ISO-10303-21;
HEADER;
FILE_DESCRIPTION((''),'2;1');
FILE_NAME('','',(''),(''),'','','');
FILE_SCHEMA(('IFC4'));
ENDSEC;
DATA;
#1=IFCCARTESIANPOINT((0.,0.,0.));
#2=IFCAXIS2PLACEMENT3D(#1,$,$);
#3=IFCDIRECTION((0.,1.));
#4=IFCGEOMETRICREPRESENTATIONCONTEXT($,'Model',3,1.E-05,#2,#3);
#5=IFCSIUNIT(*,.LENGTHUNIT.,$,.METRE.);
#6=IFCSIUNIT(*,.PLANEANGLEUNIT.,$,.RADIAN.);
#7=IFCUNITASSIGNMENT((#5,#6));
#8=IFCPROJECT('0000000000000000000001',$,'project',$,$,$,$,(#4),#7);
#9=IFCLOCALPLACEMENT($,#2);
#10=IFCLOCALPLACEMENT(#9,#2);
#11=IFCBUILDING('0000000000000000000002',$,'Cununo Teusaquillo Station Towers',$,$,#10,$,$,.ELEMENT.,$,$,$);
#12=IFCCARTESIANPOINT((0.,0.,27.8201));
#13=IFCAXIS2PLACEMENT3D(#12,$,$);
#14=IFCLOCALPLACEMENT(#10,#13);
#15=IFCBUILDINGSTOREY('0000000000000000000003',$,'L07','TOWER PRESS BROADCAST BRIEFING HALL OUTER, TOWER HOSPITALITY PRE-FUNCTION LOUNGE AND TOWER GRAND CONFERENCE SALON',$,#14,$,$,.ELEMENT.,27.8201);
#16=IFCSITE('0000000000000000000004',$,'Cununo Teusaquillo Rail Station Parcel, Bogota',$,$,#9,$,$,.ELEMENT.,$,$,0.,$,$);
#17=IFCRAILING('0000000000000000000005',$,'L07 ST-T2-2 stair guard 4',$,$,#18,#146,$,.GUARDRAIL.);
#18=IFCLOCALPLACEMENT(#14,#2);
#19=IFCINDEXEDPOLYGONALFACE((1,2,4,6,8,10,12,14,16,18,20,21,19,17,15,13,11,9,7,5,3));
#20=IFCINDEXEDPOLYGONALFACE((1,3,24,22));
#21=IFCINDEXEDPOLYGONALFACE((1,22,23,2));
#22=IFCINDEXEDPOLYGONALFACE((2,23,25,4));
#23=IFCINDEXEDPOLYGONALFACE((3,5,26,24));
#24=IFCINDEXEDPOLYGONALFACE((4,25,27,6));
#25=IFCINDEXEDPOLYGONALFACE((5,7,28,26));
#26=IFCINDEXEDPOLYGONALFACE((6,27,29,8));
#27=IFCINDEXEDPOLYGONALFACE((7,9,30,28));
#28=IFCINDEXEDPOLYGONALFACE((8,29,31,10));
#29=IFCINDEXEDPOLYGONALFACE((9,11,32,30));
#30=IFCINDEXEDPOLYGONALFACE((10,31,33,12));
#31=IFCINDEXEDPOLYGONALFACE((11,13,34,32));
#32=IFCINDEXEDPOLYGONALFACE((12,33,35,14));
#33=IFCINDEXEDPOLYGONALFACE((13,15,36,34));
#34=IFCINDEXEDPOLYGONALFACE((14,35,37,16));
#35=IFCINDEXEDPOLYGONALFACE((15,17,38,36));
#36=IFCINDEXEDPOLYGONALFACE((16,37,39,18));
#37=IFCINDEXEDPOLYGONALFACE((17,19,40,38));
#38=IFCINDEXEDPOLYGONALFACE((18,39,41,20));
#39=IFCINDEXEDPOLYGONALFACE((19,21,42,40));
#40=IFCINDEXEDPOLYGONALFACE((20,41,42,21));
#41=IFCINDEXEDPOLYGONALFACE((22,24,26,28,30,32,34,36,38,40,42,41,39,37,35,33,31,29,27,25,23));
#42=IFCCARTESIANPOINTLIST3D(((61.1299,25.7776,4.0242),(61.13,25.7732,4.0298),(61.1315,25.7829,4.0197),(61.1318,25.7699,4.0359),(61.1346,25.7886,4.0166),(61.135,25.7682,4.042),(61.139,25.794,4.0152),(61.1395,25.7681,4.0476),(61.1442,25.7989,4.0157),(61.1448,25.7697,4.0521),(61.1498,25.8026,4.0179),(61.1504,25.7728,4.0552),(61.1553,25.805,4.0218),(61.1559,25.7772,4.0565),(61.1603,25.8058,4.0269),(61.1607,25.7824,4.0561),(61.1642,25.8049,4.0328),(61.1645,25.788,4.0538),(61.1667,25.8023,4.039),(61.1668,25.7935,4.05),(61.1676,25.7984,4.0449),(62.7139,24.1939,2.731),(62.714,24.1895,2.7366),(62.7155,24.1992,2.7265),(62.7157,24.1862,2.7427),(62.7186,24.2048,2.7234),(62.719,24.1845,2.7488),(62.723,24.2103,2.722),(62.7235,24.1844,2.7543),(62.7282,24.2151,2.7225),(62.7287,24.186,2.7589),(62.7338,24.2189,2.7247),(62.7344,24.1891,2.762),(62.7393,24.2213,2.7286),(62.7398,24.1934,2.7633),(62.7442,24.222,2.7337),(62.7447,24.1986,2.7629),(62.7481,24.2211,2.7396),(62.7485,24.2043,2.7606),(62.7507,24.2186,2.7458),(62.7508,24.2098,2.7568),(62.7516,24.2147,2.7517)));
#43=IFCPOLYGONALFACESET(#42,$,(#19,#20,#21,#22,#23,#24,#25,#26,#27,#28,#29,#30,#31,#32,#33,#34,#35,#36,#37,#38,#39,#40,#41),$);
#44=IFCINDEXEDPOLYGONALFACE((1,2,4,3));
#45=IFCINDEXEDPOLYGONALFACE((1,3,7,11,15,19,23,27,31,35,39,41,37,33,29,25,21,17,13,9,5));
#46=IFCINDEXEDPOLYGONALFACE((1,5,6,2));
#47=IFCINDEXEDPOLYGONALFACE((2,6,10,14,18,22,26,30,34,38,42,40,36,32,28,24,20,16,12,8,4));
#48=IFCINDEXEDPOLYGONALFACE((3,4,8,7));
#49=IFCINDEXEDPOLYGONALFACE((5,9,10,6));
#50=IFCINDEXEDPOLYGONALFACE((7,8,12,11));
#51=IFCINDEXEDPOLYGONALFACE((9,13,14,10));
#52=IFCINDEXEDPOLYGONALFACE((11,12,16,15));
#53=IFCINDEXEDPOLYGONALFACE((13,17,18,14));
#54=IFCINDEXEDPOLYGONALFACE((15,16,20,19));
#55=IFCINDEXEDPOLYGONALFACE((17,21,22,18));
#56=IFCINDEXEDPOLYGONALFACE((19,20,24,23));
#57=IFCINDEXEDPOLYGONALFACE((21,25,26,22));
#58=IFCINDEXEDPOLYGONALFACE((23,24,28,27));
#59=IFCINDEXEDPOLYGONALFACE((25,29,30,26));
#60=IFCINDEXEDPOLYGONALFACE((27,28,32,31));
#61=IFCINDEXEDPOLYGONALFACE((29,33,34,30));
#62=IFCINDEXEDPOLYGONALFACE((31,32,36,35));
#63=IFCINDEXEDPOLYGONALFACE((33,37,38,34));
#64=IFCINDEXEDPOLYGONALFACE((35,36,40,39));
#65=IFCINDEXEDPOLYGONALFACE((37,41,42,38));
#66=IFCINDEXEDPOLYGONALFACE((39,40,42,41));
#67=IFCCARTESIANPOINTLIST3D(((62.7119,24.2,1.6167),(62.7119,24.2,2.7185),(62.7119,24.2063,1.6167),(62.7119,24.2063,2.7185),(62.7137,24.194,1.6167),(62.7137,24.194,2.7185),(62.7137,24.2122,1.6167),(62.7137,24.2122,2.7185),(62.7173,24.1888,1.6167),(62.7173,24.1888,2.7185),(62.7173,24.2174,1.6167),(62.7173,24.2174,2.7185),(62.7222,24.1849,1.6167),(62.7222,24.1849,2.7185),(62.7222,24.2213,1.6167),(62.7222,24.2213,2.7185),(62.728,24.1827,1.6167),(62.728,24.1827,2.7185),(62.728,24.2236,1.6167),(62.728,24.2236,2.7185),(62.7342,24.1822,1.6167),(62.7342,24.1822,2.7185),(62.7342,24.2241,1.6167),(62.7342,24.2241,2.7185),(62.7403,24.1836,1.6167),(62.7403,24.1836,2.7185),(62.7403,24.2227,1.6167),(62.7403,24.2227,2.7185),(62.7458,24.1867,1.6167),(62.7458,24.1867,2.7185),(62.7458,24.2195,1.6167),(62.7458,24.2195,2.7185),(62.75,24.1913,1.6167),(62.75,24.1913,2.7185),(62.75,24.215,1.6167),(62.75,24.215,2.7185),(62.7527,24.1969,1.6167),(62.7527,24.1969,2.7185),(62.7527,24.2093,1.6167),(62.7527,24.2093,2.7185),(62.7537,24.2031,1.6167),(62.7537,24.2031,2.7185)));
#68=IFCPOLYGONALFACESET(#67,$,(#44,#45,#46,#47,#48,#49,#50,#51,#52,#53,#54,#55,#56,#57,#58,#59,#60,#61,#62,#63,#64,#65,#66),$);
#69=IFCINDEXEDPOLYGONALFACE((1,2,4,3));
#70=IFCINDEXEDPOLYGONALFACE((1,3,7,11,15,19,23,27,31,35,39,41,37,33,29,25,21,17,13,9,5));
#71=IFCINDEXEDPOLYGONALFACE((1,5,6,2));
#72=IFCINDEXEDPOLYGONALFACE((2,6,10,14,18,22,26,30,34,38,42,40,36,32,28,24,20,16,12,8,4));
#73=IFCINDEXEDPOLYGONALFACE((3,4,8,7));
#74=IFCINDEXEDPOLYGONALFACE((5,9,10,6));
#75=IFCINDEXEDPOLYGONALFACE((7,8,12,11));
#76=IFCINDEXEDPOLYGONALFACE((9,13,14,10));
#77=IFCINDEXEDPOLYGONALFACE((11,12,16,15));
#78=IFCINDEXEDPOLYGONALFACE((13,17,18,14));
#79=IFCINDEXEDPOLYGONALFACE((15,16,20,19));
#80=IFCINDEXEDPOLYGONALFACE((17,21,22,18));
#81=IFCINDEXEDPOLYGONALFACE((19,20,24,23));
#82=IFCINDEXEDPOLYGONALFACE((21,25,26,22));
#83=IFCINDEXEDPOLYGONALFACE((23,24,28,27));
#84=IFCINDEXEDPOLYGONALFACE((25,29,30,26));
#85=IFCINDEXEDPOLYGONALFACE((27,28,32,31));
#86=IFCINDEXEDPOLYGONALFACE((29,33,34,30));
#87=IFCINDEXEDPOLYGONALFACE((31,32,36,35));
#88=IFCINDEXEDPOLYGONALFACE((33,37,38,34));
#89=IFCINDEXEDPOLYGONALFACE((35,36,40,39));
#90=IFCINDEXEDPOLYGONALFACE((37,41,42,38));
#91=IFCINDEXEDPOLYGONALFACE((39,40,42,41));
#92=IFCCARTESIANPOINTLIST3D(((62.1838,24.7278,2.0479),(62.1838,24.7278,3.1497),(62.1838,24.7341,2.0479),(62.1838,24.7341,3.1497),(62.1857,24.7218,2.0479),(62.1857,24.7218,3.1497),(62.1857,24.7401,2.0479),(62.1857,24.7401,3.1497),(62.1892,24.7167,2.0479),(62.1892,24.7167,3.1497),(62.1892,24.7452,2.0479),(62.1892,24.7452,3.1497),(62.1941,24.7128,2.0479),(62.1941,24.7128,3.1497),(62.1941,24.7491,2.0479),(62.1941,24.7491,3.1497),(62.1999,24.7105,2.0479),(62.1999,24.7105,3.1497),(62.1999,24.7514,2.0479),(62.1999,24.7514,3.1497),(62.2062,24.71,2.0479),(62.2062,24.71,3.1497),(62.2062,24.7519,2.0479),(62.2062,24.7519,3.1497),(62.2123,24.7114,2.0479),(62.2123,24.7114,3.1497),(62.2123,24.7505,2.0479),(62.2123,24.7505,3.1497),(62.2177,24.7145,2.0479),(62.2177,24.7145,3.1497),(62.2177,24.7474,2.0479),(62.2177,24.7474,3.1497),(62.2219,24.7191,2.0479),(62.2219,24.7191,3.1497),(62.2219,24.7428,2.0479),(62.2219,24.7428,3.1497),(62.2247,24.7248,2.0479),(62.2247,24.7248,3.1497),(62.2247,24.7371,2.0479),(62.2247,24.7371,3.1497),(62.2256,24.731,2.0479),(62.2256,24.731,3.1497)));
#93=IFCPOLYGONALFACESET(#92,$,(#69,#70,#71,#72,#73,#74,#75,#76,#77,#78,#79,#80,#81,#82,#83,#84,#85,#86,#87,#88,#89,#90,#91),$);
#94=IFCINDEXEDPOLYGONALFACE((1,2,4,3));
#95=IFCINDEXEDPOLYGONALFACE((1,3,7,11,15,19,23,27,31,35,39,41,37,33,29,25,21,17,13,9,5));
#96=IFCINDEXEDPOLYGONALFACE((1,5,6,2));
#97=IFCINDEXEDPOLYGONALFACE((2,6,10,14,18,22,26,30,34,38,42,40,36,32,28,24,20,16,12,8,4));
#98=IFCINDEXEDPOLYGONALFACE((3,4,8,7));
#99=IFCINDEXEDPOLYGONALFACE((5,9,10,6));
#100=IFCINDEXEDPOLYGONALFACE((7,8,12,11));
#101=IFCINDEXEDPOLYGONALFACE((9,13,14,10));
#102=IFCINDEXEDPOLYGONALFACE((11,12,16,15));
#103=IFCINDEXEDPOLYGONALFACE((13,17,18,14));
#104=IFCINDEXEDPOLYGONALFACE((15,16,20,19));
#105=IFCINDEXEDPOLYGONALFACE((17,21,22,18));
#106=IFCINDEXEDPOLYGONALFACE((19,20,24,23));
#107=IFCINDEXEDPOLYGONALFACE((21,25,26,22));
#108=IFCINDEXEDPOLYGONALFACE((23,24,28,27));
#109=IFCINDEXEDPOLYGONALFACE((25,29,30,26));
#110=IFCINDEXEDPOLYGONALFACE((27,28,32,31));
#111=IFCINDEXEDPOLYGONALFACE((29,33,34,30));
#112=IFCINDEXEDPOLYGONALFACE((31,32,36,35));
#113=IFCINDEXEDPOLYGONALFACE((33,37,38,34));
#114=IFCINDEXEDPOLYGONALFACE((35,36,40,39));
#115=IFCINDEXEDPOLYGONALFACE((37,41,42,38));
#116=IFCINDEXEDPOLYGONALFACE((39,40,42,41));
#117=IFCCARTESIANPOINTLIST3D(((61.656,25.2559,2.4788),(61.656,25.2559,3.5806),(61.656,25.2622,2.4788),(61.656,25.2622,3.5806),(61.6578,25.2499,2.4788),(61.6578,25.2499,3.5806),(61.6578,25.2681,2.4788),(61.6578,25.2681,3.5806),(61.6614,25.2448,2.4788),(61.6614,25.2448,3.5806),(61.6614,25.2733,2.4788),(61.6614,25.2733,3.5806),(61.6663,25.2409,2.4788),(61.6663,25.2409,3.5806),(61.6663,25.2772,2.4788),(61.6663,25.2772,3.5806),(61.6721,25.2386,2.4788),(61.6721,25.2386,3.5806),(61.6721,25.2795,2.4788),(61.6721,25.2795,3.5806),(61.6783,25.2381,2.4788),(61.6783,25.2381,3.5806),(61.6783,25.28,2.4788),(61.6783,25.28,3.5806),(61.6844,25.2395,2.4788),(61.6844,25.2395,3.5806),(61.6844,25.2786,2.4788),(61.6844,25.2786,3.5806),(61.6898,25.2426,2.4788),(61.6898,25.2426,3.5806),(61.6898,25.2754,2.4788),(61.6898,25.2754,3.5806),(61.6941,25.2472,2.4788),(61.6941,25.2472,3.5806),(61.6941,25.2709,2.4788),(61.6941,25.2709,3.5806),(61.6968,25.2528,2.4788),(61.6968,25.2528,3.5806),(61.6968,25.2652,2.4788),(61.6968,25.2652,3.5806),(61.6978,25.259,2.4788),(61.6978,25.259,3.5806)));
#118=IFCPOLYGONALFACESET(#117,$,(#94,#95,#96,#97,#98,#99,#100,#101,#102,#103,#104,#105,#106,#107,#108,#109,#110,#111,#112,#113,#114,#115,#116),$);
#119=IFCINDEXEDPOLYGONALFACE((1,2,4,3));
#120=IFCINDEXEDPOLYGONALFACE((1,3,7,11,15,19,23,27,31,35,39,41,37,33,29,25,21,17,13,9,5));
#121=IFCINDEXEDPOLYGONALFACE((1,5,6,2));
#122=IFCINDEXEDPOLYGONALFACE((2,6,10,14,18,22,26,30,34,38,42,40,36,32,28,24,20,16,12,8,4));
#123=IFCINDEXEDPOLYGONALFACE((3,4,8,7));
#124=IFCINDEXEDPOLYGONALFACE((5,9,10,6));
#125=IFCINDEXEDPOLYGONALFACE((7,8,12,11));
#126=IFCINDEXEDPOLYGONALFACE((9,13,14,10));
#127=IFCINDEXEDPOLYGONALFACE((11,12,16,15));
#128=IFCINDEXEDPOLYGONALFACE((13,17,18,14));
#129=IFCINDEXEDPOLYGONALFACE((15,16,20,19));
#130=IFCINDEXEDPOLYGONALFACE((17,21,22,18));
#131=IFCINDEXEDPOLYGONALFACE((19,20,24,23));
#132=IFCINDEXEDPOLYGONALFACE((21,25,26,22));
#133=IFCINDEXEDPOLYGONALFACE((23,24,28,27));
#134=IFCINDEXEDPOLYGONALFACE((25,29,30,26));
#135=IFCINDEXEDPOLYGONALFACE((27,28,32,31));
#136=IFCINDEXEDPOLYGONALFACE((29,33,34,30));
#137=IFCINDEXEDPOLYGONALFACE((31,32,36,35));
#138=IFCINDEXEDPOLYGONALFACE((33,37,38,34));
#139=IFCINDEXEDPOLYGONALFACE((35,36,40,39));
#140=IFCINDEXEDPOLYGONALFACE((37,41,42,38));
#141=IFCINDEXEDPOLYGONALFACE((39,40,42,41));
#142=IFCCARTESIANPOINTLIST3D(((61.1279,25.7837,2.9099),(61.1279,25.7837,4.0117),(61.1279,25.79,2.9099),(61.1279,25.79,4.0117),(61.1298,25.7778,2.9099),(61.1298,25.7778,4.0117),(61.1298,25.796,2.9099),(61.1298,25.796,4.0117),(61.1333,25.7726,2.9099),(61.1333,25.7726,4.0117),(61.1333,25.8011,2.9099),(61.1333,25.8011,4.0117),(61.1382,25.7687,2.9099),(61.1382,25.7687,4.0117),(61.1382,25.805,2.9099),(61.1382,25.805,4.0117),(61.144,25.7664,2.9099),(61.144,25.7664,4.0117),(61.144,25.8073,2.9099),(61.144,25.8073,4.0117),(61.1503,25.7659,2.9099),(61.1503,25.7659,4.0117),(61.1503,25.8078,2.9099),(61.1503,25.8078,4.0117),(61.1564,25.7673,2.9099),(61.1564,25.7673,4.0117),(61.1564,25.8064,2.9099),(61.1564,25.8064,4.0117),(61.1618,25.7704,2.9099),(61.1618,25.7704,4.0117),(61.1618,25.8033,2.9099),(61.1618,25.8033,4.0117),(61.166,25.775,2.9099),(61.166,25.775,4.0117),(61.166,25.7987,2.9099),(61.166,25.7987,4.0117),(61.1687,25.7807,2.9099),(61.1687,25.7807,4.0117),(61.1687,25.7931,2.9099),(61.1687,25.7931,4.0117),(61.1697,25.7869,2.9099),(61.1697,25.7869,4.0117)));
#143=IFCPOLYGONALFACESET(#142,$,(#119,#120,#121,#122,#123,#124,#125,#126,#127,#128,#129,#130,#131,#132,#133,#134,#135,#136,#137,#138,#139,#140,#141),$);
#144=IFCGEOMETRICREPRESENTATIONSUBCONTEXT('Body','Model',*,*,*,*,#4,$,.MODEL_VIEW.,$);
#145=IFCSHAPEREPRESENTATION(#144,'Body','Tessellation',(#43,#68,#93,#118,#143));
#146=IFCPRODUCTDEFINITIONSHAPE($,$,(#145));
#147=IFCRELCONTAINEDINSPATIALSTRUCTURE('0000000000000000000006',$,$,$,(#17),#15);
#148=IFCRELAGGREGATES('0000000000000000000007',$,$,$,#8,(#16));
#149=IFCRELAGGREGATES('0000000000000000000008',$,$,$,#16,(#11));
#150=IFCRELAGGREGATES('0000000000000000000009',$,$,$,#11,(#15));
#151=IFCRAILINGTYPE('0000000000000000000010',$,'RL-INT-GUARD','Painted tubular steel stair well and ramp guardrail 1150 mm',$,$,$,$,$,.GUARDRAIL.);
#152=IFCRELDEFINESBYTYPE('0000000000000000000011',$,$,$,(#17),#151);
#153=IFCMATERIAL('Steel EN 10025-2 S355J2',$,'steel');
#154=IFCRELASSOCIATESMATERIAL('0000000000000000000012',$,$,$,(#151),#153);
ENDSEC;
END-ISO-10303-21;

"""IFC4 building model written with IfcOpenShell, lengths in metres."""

from ifc_helpers import new_model, si_unit, direction, frame, origin, origin_2d, place, context, subcontext, project, spatial, circle, extrude, material, type_object, element, save


model = new_model("IFC4")

# Units and contexts
model_context = context("Model", 3, precision=1e-05, world=origin(), true_north=direction((0.0, 1.0)))
body_context = subcontext(model_context, "Body", "Model", "MODEL_VIEW")
ifc_project = project(units=[si_unit("LENGTHUNIT", "METRE"), si_unit("PLANEANGLEUNIT", "RADIAN")], contexts=[model_context])

# Site, building, storey
site_placement = place(None, origin())
site = spatial("IfcSite", under=ifc_project, at=site_placement, Name="Cununo Teusaquillo Rail Station Parcel, Bogota", CompositionType="ELEMENT", RefElevation=0.0)
building_placement = place(site_placement, origin())
building = spatial("IfcBuilding", under=site, at=building_placement, Name="Cununo Teusaquillo Station Towers", CompositionType="ELEMENT")
storey_placement = place(building_placement, frame((0.0, 0.0, 27.8201)))
storey = spatial("IfcBuildingStorey", under=building, at=storey_placement, Name="L07", Description="TOWER PRESS BROADCAST BRIEFING HALL OUTER, TOWER HOSPITALITY PRE-FUNCTION LOUNGE AND TOWER GRAND CONFERENCE SALON", CompositionType="ELEMENT", Elevation=27.8201)

# Railing
ifc_material_1 = material(Name="Steel EN 10025-2 S355J2", Category="steel")
railing_type_1 = type_object("IfcRailingType", Name="RL-INT-GUARD", Description="Painted tubular steel stair well and ramp guardrail 1150 mm", PredefinedType="GUARDRAIL", material=ifc_material_1)
railing_1_placement = place(storey_placement, frame((62.7327, 24.2031, 1.6167)))
element("IfcRailing", 1, at=railing_1_placement, inside=storey, type_object=railing_type_1, Name="L07 ST-T2-2 stair guard 4", PredefinedType="GUARDRAIL", context=body_context, shape_type="SweptSolid", body=[
    extrude(circle(Radius=0.0239, at=origin_2d()), frame((0.0, 0.0, 1.126), z_axis=(-0.61242, 0.612326, 0.499998), x_axis=(-0.707052, -0.707161, 0.0)), (0.0, 0.0, 1.0), 2.5864),
    extrude(circle(Radius=0.021, at=origin_2d()), origin(), (0.0, 0.0, 1.0), 1.1018),
    extrude(circle(Radius=0.021, at=origin_2d()), frame((-0.5281, 0.5278, 0.4312)), (0.0, 0.0, 1.0), 1.1018),
    extrude(circle(Radius=0.021, at=origin_2d()), frame((-1.0559, 1.0559, 0.8621)), (0.0, 0.0, 1.0), 1.1018),
    extrude(circle(Radius=0.021, at=origin_2d()), frame((-1.584, 1.5837, 1.2932)), (0.0, 0.0, 1.0), 1.1018),
])

save(model, "model.ifc")
